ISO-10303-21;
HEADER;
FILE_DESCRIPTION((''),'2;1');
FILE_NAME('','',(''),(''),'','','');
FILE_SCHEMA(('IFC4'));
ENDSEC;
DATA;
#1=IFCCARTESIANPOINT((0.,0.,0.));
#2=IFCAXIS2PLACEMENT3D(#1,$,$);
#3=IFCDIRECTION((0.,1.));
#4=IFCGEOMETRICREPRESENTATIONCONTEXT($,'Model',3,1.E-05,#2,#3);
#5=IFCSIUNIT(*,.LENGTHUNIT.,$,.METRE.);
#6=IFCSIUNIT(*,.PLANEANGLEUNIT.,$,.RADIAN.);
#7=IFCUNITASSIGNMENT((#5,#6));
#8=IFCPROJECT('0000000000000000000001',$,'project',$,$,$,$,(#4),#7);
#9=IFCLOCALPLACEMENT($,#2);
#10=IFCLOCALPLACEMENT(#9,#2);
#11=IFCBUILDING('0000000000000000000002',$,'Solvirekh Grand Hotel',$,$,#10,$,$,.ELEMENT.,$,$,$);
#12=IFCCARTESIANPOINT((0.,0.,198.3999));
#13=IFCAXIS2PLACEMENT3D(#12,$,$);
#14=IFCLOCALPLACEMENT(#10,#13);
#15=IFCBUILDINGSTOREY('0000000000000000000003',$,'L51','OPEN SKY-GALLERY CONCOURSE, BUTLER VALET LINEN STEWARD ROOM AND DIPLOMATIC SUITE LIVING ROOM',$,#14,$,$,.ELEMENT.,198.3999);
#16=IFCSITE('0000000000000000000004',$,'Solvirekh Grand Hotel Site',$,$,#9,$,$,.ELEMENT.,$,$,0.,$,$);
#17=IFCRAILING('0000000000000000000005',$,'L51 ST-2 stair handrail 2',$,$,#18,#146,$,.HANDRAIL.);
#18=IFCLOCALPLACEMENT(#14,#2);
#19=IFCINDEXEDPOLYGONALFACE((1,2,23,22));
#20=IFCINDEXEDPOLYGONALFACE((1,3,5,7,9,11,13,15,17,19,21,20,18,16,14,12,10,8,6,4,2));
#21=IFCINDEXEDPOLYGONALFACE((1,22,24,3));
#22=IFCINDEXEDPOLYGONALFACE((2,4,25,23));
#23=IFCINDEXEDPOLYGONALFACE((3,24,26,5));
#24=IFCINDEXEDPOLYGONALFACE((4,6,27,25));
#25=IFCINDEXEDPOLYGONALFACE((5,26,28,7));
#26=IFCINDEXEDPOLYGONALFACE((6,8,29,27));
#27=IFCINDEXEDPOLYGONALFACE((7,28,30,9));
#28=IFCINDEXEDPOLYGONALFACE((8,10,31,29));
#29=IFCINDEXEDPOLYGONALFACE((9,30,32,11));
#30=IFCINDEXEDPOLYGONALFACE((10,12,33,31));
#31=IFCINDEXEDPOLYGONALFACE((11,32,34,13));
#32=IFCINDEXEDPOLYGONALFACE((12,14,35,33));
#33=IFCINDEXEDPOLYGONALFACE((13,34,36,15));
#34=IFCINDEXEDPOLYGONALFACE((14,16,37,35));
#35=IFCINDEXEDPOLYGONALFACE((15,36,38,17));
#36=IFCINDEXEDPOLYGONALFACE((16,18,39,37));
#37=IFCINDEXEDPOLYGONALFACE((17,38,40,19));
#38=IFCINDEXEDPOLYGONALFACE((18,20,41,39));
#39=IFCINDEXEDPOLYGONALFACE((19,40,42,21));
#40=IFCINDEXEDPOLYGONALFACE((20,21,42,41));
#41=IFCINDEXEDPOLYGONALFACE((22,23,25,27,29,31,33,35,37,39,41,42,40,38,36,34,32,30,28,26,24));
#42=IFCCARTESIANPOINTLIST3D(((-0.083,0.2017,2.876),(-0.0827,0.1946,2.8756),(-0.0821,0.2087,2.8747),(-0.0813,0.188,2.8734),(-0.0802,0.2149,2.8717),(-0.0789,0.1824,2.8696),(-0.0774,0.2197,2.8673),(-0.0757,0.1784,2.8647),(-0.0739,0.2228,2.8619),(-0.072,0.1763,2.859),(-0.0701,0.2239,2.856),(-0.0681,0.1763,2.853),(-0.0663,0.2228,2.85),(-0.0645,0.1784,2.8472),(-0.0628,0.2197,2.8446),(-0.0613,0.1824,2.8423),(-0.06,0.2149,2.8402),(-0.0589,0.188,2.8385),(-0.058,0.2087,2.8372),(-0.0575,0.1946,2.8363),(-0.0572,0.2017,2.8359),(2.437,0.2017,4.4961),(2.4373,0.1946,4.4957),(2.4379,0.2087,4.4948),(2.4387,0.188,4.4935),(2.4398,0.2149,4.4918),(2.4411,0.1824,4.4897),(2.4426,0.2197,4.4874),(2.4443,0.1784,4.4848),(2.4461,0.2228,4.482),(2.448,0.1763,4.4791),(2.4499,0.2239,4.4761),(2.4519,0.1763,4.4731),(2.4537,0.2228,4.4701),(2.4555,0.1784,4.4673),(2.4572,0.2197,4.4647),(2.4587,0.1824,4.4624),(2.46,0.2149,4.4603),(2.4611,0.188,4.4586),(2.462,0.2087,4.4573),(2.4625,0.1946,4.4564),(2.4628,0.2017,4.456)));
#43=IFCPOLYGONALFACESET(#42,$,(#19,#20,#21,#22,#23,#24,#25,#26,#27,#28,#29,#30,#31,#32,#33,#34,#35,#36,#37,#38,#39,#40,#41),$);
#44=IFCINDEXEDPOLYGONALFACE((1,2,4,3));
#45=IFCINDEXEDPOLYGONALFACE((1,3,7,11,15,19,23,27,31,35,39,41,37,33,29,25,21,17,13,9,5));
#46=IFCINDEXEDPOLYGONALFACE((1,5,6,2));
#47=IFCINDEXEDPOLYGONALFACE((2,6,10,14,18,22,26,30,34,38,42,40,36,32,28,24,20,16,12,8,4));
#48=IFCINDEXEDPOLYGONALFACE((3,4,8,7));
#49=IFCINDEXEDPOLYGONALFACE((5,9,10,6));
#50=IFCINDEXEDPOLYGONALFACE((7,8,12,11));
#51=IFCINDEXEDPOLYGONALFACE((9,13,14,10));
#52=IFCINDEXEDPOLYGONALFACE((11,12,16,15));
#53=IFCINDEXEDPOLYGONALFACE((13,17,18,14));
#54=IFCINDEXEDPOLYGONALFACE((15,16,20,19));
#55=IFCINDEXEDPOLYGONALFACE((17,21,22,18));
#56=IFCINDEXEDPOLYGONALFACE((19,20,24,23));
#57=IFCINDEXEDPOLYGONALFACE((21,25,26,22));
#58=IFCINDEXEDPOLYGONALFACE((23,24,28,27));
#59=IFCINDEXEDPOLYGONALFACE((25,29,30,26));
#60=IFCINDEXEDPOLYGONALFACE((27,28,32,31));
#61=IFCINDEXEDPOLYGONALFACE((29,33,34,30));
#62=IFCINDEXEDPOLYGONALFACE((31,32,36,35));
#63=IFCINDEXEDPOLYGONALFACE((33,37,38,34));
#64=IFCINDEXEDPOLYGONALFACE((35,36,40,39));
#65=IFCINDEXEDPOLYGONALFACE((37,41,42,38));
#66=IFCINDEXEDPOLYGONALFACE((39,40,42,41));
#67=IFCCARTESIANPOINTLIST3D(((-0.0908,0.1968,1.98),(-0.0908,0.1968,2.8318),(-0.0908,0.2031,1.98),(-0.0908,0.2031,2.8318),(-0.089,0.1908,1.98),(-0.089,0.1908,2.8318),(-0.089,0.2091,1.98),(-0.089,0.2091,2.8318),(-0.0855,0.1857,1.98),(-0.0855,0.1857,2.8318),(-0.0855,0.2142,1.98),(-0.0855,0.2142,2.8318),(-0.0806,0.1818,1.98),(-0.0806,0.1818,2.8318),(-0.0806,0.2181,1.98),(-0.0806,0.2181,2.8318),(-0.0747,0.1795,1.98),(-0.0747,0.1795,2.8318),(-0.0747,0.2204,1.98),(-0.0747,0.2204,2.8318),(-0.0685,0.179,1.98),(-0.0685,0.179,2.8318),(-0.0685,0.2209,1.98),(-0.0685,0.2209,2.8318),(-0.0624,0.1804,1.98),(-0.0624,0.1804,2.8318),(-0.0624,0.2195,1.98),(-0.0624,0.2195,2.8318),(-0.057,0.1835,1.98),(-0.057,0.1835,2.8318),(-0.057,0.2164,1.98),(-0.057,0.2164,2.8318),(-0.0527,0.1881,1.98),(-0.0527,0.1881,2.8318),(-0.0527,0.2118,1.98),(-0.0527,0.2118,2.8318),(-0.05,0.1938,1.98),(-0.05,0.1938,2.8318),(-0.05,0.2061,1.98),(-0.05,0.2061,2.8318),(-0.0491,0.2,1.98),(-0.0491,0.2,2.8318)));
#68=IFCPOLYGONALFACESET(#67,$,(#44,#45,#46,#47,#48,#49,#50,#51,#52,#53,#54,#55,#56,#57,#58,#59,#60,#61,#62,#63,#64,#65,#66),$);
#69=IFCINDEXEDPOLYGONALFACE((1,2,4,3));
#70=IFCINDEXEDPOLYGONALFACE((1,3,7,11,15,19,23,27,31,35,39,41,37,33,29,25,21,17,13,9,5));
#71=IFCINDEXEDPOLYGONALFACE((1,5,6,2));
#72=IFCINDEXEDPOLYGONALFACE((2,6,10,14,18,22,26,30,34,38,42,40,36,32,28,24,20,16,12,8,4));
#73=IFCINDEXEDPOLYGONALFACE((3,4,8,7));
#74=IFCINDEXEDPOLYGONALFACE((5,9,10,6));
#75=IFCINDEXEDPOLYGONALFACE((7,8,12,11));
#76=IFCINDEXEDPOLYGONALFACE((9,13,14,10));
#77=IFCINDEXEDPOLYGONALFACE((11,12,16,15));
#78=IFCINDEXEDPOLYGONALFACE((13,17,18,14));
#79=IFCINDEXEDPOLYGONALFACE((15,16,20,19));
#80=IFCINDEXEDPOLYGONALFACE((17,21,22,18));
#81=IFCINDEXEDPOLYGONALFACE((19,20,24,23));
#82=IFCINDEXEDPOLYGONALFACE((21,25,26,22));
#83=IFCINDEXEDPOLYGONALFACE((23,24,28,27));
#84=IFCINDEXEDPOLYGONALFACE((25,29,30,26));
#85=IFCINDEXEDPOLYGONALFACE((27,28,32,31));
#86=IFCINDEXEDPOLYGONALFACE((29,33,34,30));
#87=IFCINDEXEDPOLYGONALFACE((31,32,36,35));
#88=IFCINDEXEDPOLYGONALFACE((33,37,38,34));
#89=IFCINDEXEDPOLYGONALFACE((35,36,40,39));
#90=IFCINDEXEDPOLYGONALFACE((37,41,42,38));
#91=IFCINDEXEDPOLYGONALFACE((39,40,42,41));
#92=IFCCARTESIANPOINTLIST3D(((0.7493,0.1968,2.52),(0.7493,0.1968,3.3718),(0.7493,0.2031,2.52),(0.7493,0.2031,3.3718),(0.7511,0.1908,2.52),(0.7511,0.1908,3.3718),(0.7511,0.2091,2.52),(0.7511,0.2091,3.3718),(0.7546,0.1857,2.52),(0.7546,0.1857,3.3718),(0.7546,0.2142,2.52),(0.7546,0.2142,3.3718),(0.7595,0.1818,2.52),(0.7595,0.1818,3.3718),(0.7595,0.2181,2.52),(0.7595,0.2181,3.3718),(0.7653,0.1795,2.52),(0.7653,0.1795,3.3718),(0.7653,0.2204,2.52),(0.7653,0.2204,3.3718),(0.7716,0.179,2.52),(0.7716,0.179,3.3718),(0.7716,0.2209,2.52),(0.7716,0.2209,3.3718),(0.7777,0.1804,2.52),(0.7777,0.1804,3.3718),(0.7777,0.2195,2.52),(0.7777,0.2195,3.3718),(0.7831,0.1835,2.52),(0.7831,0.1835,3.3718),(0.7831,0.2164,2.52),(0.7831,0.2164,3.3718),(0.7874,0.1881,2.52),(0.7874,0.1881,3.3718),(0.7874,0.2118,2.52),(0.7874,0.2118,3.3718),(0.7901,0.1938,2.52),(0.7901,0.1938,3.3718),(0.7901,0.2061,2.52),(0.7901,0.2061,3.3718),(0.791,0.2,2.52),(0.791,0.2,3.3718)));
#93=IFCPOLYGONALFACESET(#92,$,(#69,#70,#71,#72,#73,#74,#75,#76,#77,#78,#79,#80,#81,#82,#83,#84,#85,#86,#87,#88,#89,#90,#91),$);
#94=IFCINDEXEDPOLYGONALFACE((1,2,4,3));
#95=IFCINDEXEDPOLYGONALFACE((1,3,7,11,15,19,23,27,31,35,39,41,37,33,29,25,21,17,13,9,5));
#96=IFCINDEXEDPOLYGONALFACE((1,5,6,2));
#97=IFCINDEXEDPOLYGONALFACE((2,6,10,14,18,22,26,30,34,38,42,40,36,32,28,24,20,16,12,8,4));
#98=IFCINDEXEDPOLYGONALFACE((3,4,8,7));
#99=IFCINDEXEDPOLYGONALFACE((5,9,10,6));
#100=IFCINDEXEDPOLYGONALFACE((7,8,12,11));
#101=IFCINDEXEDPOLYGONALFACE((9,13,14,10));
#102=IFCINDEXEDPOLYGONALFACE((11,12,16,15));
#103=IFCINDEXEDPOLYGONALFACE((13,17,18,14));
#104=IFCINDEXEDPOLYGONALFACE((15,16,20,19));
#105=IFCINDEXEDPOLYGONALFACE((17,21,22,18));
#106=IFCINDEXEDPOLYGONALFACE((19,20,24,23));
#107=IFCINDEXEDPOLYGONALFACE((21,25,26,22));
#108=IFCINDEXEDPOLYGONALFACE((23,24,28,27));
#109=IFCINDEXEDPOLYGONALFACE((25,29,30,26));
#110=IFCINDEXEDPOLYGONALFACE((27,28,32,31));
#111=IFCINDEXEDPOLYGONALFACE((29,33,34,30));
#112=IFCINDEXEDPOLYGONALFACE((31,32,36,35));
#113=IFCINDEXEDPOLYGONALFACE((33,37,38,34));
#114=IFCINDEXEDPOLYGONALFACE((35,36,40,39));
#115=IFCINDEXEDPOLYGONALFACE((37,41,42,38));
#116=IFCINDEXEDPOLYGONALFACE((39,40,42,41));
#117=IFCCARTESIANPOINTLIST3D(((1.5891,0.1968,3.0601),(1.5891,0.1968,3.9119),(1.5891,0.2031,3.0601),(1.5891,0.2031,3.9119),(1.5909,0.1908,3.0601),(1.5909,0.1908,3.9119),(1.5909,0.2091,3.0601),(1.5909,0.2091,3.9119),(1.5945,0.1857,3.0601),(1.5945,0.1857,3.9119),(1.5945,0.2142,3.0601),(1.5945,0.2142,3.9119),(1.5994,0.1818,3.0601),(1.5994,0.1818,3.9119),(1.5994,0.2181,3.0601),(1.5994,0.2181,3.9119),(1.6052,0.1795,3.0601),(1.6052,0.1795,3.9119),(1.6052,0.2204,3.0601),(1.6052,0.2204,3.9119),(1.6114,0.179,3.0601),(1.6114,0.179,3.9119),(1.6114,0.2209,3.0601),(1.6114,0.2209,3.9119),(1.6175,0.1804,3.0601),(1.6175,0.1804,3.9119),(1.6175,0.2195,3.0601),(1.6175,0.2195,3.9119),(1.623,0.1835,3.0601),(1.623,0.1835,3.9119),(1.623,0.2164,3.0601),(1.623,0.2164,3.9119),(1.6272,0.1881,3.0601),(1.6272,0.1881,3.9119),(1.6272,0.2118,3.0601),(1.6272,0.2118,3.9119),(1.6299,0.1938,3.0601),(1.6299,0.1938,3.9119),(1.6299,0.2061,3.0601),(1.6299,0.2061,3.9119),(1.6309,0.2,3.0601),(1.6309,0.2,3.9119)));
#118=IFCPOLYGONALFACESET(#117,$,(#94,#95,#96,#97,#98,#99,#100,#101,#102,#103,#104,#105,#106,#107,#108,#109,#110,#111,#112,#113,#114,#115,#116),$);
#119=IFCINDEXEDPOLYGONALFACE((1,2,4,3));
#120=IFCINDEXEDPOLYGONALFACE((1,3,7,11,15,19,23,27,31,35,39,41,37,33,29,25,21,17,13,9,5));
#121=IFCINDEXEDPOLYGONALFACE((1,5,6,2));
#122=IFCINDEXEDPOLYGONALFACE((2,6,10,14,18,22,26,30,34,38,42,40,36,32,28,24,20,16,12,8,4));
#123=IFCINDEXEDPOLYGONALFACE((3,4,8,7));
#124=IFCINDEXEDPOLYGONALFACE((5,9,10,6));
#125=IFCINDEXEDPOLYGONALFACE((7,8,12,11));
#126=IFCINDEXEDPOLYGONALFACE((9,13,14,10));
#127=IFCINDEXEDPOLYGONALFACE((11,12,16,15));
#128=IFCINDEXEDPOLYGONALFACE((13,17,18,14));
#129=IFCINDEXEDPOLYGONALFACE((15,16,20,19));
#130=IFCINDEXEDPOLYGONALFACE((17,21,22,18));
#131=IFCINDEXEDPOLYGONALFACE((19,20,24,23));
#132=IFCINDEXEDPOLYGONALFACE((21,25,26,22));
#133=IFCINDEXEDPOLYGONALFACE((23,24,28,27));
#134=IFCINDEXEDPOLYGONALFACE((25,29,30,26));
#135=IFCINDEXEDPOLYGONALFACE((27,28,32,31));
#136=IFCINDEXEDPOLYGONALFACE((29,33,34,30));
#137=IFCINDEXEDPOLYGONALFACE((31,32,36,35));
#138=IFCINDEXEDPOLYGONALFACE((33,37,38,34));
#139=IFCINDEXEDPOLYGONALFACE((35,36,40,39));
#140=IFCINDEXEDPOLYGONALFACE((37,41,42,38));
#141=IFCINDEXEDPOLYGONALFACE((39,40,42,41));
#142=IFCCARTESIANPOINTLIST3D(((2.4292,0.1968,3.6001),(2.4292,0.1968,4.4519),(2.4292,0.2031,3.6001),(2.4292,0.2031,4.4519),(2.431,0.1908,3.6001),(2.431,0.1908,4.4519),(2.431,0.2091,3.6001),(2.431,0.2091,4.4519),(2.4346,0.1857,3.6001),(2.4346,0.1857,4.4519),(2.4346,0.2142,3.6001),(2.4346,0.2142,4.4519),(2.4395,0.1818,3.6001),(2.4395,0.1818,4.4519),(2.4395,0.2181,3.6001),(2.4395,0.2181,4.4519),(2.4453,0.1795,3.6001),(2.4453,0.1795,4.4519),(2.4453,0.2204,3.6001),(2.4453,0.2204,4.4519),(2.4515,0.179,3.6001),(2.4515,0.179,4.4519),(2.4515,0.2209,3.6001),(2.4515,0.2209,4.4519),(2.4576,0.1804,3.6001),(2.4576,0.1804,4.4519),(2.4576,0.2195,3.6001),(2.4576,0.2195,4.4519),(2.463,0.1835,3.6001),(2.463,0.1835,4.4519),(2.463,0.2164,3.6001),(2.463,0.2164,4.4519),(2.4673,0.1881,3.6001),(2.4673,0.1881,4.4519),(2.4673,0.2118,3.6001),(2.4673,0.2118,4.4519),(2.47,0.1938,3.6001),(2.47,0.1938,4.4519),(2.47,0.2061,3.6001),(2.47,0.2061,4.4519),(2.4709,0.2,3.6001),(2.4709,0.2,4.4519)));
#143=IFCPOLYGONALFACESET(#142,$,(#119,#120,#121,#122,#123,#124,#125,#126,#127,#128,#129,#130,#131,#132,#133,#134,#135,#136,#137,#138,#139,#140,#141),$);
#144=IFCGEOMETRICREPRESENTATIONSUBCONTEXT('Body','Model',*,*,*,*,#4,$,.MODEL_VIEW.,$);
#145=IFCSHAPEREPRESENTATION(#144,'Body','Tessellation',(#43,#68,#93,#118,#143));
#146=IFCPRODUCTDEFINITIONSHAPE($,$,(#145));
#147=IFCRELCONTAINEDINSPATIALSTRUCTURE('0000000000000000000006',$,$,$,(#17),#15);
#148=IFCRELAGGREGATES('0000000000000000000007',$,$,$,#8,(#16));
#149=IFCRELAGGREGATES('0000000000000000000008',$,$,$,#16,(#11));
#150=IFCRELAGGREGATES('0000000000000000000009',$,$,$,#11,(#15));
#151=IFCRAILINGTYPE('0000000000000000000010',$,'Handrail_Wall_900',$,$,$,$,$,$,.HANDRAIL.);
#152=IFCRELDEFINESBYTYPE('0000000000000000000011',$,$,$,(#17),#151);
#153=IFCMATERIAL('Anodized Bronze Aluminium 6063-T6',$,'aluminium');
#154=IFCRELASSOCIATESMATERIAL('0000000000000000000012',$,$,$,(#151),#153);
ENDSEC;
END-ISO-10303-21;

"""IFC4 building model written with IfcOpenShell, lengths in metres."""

from ifc_helpers import new_model, si_unit, direction, frame, origin, origin_2d, place, context, subcontext, project, spatial, circle, extrude, material, type_object, element, save


model = new_model("IFC4")

# Units and contexts
model_context = context("Model", 3, precision=1e-05, world=origin(), true_north=direction((0.0, 1.0)))
body_context = subcontext(model_context, "Body", "Model", "MODEL_VIEW")
ifc_project = project(units=[si_unit("LENGTHUNIT", "METRE"), si_unit("PLANEANGLEUNIT", "RADIAN")], contexts=[model_context])

# Site, building, storey
site_placement = place(None, origin())
site = spatial("IfcSite", under=ifc_project, at=site_placement, Name="Solvirekh Grand Hotel Site", CompositionType="ELEMENT", RefElevation=0.0)
building_placement = place(site_placement, origin())
building = spatial("IfcBuilding", under=site, at=building_placement, Name="Solvirekh Grand Hotel", CompositionType="ELEMENT")
storey_placement = place(building_placement, frame((0.0, 0.0, 198.3999)))
storey = spatial("IfcBuildingStorey", under=building, at=storey_placement, Name="L51", Description="OPEN SKY-GALLERY CONCOURSE, BUTLER VALET LINEN STEWARD ROOM AND DIPLOMATIC SUITE LIVING ROOM", CompositionType="ELEMENT", Elevation=198.3999)

# Railing
ifc_material_1 = material(Name="Anodized Bronze Aluminium 6063-T6", Category="aluminium")
railing_type_1 = type_object("IfcRailingType", Name="Handrail_Wall_900", PredefinedType="HANDRAIL", material=ifc_material_1)
railing_1_placement = place(storey_placement, frame((-0.0701, 0.2, 1.98)))
element("IfcRailing", 1, at=railing_1_placement, inside=storey, type_object=railing_type_1, Name="L51 ST-2 stair handrail 2", PredefinedType="HANDRAIL", context=body_context, shape_type="SweptSolid", body=[
    extrude(circle(Radius=0.0239, at=origin_2d()), frame((0.0, 0.0, 0.876), z_axis=(0.841163, 0.0, 0.540782), x_axis=(0.0, 1.0, 0.0)), (0.0, 0.0, 1.0), 2.9958),
    extrude(circle(Radius=0.021, at=origin_2d()), origin(), (0.0, 0.0, 1.0), 0.8518),
    extrude(circle(Radius=0.021, at=origin_2d()), frame((0.8401, 0.0, 0.54)), (0.0, 0.0, 1.0), 0.8518),
    extrude(circle(Radius=0.021, at=origin_2d()), frame((1.6799, 0.0, 1.0801)), (0.0, 0.0, 1.0), 0.8518),
    extrude(circle(Radius=0.021, at=origin_2d()), frame((2.52, 0.0, 1.6201)), (0.0, 0.0, 1.0), 0.8518),
])

save(model, "model.ifc")
